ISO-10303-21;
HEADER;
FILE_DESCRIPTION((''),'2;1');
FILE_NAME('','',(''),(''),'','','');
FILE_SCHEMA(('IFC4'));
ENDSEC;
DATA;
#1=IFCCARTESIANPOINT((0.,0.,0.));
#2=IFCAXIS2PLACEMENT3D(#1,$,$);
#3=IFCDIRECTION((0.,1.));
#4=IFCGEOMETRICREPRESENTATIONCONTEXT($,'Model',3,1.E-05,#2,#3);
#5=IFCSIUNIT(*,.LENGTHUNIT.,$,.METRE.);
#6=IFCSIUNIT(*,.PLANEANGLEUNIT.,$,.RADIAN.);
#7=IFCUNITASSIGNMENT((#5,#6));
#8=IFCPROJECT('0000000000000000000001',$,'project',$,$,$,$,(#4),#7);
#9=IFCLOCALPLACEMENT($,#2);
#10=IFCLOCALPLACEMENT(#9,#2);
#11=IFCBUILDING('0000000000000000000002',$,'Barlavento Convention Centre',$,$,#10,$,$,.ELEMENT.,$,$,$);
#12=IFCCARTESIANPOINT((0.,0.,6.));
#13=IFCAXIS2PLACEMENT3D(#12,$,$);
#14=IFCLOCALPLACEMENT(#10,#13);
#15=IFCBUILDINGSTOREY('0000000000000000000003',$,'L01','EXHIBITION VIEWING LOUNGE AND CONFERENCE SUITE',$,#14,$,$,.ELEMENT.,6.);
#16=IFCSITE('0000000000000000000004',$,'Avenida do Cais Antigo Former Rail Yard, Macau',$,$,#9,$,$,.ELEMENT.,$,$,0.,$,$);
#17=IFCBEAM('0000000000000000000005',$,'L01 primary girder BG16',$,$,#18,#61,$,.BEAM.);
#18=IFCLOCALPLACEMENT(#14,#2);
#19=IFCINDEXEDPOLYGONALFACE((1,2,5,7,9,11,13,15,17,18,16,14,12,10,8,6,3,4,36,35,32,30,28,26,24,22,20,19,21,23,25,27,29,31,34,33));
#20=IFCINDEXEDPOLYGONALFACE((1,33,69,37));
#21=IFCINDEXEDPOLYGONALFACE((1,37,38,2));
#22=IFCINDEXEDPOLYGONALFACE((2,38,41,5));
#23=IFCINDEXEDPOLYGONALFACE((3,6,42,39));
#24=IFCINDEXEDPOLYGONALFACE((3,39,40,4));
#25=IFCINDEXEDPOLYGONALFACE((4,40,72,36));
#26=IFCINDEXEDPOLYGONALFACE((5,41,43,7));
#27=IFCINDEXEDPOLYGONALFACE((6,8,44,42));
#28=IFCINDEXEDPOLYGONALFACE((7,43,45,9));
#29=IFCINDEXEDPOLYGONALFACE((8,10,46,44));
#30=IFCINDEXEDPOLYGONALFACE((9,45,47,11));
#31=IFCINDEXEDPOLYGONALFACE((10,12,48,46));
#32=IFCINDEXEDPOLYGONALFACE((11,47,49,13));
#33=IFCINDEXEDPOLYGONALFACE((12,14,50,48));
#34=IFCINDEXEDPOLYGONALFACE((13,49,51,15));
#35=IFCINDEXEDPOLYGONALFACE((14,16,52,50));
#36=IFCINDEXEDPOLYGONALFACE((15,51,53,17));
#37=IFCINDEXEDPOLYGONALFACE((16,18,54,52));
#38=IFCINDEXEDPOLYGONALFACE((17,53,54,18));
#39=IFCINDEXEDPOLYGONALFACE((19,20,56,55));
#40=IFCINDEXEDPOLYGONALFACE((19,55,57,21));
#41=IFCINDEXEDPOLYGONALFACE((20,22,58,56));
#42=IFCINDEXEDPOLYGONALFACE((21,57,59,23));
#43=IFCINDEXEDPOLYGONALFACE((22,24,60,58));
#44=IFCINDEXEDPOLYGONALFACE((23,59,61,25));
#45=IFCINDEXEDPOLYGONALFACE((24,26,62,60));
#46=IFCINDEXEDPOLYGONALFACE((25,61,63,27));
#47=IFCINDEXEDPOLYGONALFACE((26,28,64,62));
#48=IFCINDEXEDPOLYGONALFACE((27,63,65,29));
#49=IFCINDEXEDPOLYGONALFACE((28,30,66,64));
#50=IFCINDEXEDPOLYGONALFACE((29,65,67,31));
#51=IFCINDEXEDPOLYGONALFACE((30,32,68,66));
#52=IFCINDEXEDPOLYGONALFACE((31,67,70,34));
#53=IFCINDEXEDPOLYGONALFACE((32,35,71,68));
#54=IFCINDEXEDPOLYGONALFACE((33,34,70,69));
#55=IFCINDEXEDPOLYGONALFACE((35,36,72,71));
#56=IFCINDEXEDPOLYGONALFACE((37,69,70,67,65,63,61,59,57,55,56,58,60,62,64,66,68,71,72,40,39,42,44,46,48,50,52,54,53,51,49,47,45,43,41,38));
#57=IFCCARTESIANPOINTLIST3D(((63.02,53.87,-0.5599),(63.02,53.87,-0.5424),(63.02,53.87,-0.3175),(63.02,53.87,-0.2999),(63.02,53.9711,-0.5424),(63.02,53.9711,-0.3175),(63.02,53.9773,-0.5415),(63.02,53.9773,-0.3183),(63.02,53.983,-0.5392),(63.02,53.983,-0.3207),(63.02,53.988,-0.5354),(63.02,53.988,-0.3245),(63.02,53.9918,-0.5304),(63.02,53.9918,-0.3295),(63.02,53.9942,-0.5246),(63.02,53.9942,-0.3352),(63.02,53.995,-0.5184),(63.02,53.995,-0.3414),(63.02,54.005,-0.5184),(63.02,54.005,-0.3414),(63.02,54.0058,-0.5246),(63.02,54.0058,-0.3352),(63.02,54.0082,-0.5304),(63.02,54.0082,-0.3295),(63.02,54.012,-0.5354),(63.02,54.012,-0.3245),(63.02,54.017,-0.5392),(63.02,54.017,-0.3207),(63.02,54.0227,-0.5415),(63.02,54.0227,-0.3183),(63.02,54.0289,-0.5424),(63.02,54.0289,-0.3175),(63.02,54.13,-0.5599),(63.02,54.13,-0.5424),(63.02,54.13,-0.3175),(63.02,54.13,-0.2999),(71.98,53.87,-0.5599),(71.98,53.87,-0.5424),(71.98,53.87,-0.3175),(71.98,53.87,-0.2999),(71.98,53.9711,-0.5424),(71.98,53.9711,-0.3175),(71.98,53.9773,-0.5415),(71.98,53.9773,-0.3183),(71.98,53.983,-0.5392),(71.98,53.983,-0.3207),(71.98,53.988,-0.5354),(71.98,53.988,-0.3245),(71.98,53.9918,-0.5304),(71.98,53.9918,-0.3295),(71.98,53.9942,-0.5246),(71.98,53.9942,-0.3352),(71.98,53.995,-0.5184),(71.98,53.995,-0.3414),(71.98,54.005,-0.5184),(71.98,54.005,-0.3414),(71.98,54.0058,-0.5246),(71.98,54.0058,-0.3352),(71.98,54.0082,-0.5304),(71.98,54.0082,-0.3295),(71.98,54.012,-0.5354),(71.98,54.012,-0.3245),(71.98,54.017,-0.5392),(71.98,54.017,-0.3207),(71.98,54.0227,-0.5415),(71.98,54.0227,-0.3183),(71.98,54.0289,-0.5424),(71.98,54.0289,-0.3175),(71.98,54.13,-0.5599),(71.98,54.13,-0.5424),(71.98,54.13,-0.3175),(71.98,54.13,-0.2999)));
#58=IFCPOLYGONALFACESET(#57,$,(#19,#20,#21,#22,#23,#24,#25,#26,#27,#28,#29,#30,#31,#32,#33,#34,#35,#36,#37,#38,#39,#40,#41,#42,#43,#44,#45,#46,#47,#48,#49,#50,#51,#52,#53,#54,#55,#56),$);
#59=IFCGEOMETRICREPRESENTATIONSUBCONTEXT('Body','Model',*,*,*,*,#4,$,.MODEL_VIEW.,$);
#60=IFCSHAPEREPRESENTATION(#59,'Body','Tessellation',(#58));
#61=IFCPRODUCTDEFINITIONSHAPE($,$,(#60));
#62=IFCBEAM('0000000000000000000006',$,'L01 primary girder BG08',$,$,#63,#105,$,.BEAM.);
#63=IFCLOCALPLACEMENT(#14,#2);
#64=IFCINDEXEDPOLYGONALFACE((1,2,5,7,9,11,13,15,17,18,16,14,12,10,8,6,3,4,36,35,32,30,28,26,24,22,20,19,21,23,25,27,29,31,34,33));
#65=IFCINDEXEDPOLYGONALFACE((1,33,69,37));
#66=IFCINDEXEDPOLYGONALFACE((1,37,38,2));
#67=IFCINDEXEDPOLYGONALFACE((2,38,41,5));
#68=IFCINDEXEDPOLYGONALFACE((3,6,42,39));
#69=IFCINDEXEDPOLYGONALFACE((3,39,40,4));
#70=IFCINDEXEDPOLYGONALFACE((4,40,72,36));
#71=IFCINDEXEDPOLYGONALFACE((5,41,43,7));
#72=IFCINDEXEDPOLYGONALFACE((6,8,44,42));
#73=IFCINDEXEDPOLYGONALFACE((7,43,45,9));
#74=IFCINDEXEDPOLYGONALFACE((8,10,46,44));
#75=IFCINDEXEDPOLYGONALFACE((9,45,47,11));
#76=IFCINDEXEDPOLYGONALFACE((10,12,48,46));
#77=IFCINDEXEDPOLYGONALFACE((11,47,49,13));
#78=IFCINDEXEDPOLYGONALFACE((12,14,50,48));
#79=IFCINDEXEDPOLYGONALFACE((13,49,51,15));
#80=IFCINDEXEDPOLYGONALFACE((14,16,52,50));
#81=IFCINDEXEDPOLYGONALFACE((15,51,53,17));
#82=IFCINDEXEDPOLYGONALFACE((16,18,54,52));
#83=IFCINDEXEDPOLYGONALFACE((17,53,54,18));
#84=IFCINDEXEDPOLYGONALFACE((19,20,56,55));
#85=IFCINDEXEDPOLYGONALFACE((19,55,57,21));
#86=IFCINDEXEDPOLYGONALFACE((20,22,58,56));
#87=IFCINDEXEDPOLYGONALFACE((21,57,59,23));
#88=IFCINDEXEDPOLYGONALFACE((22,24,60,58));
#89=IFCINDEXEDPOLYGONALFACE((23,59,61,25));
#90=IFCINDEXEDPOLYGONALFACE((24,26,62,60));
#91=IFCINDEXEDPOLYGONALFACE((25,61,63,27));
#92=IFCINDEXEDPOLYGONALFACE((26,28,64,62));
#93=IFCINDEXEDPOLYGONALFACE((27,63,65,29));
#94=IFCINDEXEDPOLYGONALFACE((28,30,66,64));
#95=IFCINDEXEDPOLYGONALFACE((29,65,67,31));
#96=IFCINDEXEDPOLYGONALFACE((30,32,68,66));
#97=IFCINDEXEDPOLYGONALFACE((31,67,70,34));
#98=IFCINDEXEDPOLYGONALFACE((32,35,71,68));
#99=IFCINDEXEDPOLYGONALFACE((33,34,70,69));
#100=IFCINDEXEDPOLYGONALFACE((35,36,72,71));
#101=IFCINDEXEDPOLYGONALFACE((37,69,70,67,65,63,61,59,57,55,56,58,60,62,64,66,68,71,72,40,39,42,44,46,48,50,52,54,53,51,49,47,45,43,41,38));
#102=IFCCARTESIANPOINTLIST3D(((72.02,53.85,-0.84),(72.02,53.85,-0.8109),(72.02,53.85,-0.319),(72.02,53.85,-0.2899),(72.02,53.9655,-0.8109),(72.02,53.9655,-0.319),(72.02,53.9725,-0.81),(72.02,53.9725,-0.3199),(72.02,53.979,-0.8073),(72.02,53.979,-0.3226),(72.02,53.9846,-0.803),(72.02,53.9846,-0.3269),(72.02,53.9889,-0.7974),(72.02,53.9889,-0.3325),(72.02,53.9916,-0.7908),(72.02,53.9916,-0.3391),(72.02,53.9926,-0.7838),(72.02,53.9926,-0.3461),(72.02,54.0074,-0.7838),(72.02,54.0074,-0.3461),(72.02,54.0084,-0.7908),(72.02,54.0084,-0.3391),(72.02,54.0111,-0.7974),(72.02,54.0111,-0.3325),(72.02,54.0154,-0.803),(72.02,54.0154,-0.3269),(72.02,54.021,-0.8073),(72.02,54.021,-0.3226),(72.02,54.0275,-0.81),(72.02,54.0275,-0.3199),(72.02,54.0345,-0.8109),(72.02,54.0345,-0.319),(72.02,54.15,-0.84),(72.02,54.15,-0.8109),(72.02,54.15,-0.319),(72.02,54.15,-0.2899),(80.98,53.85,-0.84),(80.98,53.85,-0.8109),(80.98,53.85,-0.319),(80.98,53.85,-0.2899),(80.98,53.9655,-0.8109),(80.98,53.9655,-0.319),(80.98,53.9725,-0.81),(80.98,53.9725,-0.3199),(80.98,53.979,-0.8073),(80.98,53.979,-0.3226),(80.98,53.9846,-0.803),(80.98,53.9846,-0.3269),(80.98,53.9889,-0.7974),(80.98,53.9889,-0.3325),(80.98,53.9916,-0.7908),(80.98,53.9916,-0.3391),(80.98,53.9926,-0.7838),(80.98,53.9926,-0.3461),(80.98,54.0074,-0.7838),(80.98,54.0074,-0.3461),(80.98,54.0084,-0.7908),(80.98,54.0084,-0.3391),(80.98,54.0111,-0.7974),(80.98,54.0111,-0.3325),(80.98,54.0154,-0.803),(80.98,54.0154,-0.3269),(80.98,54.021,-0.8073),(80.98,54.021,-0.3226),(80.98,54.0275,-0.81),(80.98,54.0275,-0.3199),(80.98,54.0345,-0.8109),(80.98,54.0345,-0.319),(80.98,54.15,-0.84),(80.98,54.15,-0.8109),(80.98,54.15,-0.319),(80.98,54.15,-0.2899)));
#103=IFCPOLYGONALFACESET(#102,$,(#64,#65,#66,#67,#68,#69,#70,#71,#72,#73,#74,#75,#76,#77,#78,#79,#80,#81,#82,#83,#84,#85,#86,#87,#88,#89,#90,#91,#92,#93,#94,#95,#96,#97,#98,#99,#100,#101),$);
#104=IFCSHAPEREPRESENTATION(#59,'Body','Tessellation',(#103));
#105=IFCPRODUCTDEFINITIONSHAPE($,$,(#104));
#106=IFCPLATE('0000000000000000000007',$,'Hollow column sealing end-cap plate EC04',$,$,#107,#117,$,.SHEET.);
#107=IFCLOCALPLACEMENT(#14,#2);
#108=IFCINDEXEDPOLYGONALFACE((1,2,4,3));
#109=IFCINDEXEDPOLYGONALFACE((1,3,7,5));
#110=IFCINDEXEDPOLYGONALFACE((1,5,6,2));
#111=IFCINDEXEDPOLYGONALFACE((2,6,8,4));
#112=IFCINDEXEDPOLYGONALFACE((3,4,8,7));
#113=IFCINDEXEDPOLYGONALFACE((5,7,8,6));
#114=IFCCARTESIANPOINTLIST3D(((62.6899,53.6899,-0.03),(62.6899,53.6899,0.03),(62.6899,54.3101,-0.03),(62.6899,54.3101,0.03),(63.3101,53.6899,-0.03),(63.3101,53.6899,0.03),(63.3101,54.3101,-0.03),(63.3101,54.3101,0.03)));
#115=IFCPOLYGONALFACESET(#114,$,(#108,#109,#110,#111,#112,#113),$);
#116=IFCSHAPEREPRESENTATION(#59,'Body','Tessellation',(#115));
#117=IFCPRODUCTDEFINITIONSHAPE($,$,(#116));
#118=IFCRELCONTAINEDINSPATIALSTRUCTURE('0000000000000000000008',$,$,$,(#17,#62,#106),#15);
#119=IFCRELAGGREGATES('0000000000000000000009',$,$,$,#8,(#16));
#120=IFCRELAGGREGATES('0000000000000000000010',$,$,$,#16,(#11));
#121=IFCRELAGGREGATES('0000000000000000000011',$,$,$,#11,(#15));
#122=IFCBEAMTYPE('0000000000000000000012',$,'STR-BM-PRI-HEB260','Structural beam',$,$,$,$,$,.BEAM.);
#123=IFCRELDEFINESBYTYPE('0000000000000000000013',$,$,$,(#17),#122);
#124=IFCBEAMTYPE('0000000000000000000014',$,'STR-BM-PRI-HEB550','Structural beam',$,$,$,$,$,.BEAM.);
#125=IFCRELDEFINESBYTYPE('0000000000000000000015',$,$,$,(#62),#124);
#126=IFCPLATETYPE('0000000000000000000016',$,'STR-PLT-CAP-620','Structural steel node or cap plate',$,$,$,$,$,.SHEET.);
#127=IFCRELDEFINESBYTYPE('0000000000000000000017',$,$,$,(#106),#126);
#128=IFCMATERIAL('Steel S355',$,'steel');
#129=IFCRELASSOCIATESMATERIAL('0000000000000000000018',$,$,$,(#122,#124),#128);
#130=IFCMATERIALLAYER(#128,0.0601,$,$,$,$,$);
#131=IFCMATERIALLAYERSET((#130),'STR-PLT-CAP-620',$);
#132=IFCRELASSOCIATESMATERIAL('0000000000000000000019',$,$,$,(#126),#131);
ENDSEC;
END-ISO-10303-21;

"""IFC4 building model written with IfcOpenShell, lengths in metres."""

from ifc_helpers import new_model, si_unit, direction, frame, origin, origin_2d, place, context, subcontext, project, spatial, rectangle, i_section, extrude, material, layer, layer_set, material_profile, profile_set, type_object, element, save


model = new_model("IFC4")

# Units and contexts
model_context = context("Model", 3, precision=1e-05, world=origin(), true_north=direction((0.0, 1.0)))
body_context = subcontext(model_context, "Body", "Model", "MODEL_VIEW")
ifc_project = project(units=[si_unit("LENGTHUNIT", "METRE"), si_unit("PLANEANGLEUNIT", "RADIAN")], contexts=[model_context])

# Site, building, storey
site_placement = place(None, origin())
site = spatial("IfcSite", under=ifc_project, at=site_placement, Name="Avenida do Cais Antigo Former Rail Yard, Macau", CompositionType="ELEMENT", RefElevation=0.0)
building_placement = place(site_placement, origin())
building = spatial("IfcBuilding", under=site, at=building_placement, Name="Barlavento Convention Centre", CompositionType="ELEMENT")
storey_placement = place(building_placement, frame((0.0, 0.0, 6.0)))
storey = spatial("IfcBuildingStorey", under=building, at=storey_placement, Name="L01", Description="EXHIBITION VIEWING LOUNGE AND CONFERENCE SUITE", CompositionType="ELEMENT", Elevation=6.0)

# Beams
ifc_material_1 = material(Name="Steel S355", Category="steel")
ifc_material_profile_1 = material_profile(ifc_material_1, i_section(OverallWidth=0.26, OverallDepth=0.26, WebThickness=0.01, FlangeThickness=0.0176, FilletRadius=0.0239, at=origin_2d()), Name="HEB 260")
ifc_profile_set_1 = profile_set([ifc_material_profile_1], Name="Steel S355")
beam_type_1 = type_object("IfcBeamType", Name="STR-BM-PRI-HEB260", Description="Structural beam", PredefinedType="BEAM", material=ifc_profile_set_1)
beam_1_placement = place(storey_placement, frame((63.02, 54.0, -0.4299), z_axis=(1.0, 0.0, 0.0), x_axis=(0.0, 1.0, 0.0)))
element("IfcBeam", 1, at=beam_1_placement, inside=storey, type_object=beam_type_1, Name="L01 primary girder BG16", PredefinedType="BEAM", context=body_context, shape_type="SweptSolid", body=[
    extrude(i_section(OverallWidth=0.26, OverallDepth=0.26, WebThickness=0.01, FlangeThickness=0.0176, FilletRadius=0.0239, at=origin_2d()), origin(), (0.0, 0.0, 1.0), 8.96),
])
ifc_material_profile_2 = material_profile(ifc_material_1, i_section(OverallWidth=0.3, OverallDepth=0.55, WebThickness=0.0149, FlangeThickness=0.0291, FilletRadius=0.0271, at=origin_2d()), Name="HEB 550")
ifc_profile_set_2 = profile_set([ifc_material_profile_2], Name="Steel S355")
beam_type_2 = type_object("IfcBeamType", Name="STR-BM-PRI-HEB550", Description="Structural beam", PredefinedType="BEAM", material=ifc_profile_set_2)
beam_2_placement = place(storey_placement, frame((72.02, 54.0, -0.5649), z_axis=(1.0, 0.0, 0.0), x_axis=(0.0, 1.0, 0.0)))
element("IfcBeam", 2, at=beam_2_placement, inside=storey, type_object=beam_type_2, Name="L01 primary girder BG08", PredefinedType="BEAM", context=body_context, shape_type="SweptSolid", body=[
    extrude(i_section(OverallWidth=0.3, OverallDepth=0.55, WebThickness=0.0149, FlangeThickness=0.0291, FilletRadius=0.0271, at=origin_2d()), origin(), (0.0, 0.0, 1.0), 8.96),
])

# Plate
ifc_layer = layer(ifc_material_1, 0.0601)
ifc_layer_set = layer_set([ifc_layer], Name="STR-PLT-CAP-620")
plate_type = type_object("IfcPlateType", Name="STR-PLT-CAP-620", Description="Structural steel node or cap plate", PredefinedType="SHEET", material=ifc_layer_set)
plate_placement = place(storey_placement, frame((63.0, 54.0, -0.03), z_axis=(0.0, 0.0, 1.0), x_axis=(1.0, 0.0, 0.0)))
element("IfcPlate", 3, at=plate_placement, inside=storey, type_object=plate_type, Name="Hollow column sealing end-cap plate EC04", PredefinedType="SHEET", context=body_context, shape_type="SweptSolid", body=[
    extrude(rectangle(XDim=0.6201, YDim=0.6201, at=origin_2d()), origin(), (0.0, 0.0, 1.0), 0.0601),
])

save(model, "model.ifc")
